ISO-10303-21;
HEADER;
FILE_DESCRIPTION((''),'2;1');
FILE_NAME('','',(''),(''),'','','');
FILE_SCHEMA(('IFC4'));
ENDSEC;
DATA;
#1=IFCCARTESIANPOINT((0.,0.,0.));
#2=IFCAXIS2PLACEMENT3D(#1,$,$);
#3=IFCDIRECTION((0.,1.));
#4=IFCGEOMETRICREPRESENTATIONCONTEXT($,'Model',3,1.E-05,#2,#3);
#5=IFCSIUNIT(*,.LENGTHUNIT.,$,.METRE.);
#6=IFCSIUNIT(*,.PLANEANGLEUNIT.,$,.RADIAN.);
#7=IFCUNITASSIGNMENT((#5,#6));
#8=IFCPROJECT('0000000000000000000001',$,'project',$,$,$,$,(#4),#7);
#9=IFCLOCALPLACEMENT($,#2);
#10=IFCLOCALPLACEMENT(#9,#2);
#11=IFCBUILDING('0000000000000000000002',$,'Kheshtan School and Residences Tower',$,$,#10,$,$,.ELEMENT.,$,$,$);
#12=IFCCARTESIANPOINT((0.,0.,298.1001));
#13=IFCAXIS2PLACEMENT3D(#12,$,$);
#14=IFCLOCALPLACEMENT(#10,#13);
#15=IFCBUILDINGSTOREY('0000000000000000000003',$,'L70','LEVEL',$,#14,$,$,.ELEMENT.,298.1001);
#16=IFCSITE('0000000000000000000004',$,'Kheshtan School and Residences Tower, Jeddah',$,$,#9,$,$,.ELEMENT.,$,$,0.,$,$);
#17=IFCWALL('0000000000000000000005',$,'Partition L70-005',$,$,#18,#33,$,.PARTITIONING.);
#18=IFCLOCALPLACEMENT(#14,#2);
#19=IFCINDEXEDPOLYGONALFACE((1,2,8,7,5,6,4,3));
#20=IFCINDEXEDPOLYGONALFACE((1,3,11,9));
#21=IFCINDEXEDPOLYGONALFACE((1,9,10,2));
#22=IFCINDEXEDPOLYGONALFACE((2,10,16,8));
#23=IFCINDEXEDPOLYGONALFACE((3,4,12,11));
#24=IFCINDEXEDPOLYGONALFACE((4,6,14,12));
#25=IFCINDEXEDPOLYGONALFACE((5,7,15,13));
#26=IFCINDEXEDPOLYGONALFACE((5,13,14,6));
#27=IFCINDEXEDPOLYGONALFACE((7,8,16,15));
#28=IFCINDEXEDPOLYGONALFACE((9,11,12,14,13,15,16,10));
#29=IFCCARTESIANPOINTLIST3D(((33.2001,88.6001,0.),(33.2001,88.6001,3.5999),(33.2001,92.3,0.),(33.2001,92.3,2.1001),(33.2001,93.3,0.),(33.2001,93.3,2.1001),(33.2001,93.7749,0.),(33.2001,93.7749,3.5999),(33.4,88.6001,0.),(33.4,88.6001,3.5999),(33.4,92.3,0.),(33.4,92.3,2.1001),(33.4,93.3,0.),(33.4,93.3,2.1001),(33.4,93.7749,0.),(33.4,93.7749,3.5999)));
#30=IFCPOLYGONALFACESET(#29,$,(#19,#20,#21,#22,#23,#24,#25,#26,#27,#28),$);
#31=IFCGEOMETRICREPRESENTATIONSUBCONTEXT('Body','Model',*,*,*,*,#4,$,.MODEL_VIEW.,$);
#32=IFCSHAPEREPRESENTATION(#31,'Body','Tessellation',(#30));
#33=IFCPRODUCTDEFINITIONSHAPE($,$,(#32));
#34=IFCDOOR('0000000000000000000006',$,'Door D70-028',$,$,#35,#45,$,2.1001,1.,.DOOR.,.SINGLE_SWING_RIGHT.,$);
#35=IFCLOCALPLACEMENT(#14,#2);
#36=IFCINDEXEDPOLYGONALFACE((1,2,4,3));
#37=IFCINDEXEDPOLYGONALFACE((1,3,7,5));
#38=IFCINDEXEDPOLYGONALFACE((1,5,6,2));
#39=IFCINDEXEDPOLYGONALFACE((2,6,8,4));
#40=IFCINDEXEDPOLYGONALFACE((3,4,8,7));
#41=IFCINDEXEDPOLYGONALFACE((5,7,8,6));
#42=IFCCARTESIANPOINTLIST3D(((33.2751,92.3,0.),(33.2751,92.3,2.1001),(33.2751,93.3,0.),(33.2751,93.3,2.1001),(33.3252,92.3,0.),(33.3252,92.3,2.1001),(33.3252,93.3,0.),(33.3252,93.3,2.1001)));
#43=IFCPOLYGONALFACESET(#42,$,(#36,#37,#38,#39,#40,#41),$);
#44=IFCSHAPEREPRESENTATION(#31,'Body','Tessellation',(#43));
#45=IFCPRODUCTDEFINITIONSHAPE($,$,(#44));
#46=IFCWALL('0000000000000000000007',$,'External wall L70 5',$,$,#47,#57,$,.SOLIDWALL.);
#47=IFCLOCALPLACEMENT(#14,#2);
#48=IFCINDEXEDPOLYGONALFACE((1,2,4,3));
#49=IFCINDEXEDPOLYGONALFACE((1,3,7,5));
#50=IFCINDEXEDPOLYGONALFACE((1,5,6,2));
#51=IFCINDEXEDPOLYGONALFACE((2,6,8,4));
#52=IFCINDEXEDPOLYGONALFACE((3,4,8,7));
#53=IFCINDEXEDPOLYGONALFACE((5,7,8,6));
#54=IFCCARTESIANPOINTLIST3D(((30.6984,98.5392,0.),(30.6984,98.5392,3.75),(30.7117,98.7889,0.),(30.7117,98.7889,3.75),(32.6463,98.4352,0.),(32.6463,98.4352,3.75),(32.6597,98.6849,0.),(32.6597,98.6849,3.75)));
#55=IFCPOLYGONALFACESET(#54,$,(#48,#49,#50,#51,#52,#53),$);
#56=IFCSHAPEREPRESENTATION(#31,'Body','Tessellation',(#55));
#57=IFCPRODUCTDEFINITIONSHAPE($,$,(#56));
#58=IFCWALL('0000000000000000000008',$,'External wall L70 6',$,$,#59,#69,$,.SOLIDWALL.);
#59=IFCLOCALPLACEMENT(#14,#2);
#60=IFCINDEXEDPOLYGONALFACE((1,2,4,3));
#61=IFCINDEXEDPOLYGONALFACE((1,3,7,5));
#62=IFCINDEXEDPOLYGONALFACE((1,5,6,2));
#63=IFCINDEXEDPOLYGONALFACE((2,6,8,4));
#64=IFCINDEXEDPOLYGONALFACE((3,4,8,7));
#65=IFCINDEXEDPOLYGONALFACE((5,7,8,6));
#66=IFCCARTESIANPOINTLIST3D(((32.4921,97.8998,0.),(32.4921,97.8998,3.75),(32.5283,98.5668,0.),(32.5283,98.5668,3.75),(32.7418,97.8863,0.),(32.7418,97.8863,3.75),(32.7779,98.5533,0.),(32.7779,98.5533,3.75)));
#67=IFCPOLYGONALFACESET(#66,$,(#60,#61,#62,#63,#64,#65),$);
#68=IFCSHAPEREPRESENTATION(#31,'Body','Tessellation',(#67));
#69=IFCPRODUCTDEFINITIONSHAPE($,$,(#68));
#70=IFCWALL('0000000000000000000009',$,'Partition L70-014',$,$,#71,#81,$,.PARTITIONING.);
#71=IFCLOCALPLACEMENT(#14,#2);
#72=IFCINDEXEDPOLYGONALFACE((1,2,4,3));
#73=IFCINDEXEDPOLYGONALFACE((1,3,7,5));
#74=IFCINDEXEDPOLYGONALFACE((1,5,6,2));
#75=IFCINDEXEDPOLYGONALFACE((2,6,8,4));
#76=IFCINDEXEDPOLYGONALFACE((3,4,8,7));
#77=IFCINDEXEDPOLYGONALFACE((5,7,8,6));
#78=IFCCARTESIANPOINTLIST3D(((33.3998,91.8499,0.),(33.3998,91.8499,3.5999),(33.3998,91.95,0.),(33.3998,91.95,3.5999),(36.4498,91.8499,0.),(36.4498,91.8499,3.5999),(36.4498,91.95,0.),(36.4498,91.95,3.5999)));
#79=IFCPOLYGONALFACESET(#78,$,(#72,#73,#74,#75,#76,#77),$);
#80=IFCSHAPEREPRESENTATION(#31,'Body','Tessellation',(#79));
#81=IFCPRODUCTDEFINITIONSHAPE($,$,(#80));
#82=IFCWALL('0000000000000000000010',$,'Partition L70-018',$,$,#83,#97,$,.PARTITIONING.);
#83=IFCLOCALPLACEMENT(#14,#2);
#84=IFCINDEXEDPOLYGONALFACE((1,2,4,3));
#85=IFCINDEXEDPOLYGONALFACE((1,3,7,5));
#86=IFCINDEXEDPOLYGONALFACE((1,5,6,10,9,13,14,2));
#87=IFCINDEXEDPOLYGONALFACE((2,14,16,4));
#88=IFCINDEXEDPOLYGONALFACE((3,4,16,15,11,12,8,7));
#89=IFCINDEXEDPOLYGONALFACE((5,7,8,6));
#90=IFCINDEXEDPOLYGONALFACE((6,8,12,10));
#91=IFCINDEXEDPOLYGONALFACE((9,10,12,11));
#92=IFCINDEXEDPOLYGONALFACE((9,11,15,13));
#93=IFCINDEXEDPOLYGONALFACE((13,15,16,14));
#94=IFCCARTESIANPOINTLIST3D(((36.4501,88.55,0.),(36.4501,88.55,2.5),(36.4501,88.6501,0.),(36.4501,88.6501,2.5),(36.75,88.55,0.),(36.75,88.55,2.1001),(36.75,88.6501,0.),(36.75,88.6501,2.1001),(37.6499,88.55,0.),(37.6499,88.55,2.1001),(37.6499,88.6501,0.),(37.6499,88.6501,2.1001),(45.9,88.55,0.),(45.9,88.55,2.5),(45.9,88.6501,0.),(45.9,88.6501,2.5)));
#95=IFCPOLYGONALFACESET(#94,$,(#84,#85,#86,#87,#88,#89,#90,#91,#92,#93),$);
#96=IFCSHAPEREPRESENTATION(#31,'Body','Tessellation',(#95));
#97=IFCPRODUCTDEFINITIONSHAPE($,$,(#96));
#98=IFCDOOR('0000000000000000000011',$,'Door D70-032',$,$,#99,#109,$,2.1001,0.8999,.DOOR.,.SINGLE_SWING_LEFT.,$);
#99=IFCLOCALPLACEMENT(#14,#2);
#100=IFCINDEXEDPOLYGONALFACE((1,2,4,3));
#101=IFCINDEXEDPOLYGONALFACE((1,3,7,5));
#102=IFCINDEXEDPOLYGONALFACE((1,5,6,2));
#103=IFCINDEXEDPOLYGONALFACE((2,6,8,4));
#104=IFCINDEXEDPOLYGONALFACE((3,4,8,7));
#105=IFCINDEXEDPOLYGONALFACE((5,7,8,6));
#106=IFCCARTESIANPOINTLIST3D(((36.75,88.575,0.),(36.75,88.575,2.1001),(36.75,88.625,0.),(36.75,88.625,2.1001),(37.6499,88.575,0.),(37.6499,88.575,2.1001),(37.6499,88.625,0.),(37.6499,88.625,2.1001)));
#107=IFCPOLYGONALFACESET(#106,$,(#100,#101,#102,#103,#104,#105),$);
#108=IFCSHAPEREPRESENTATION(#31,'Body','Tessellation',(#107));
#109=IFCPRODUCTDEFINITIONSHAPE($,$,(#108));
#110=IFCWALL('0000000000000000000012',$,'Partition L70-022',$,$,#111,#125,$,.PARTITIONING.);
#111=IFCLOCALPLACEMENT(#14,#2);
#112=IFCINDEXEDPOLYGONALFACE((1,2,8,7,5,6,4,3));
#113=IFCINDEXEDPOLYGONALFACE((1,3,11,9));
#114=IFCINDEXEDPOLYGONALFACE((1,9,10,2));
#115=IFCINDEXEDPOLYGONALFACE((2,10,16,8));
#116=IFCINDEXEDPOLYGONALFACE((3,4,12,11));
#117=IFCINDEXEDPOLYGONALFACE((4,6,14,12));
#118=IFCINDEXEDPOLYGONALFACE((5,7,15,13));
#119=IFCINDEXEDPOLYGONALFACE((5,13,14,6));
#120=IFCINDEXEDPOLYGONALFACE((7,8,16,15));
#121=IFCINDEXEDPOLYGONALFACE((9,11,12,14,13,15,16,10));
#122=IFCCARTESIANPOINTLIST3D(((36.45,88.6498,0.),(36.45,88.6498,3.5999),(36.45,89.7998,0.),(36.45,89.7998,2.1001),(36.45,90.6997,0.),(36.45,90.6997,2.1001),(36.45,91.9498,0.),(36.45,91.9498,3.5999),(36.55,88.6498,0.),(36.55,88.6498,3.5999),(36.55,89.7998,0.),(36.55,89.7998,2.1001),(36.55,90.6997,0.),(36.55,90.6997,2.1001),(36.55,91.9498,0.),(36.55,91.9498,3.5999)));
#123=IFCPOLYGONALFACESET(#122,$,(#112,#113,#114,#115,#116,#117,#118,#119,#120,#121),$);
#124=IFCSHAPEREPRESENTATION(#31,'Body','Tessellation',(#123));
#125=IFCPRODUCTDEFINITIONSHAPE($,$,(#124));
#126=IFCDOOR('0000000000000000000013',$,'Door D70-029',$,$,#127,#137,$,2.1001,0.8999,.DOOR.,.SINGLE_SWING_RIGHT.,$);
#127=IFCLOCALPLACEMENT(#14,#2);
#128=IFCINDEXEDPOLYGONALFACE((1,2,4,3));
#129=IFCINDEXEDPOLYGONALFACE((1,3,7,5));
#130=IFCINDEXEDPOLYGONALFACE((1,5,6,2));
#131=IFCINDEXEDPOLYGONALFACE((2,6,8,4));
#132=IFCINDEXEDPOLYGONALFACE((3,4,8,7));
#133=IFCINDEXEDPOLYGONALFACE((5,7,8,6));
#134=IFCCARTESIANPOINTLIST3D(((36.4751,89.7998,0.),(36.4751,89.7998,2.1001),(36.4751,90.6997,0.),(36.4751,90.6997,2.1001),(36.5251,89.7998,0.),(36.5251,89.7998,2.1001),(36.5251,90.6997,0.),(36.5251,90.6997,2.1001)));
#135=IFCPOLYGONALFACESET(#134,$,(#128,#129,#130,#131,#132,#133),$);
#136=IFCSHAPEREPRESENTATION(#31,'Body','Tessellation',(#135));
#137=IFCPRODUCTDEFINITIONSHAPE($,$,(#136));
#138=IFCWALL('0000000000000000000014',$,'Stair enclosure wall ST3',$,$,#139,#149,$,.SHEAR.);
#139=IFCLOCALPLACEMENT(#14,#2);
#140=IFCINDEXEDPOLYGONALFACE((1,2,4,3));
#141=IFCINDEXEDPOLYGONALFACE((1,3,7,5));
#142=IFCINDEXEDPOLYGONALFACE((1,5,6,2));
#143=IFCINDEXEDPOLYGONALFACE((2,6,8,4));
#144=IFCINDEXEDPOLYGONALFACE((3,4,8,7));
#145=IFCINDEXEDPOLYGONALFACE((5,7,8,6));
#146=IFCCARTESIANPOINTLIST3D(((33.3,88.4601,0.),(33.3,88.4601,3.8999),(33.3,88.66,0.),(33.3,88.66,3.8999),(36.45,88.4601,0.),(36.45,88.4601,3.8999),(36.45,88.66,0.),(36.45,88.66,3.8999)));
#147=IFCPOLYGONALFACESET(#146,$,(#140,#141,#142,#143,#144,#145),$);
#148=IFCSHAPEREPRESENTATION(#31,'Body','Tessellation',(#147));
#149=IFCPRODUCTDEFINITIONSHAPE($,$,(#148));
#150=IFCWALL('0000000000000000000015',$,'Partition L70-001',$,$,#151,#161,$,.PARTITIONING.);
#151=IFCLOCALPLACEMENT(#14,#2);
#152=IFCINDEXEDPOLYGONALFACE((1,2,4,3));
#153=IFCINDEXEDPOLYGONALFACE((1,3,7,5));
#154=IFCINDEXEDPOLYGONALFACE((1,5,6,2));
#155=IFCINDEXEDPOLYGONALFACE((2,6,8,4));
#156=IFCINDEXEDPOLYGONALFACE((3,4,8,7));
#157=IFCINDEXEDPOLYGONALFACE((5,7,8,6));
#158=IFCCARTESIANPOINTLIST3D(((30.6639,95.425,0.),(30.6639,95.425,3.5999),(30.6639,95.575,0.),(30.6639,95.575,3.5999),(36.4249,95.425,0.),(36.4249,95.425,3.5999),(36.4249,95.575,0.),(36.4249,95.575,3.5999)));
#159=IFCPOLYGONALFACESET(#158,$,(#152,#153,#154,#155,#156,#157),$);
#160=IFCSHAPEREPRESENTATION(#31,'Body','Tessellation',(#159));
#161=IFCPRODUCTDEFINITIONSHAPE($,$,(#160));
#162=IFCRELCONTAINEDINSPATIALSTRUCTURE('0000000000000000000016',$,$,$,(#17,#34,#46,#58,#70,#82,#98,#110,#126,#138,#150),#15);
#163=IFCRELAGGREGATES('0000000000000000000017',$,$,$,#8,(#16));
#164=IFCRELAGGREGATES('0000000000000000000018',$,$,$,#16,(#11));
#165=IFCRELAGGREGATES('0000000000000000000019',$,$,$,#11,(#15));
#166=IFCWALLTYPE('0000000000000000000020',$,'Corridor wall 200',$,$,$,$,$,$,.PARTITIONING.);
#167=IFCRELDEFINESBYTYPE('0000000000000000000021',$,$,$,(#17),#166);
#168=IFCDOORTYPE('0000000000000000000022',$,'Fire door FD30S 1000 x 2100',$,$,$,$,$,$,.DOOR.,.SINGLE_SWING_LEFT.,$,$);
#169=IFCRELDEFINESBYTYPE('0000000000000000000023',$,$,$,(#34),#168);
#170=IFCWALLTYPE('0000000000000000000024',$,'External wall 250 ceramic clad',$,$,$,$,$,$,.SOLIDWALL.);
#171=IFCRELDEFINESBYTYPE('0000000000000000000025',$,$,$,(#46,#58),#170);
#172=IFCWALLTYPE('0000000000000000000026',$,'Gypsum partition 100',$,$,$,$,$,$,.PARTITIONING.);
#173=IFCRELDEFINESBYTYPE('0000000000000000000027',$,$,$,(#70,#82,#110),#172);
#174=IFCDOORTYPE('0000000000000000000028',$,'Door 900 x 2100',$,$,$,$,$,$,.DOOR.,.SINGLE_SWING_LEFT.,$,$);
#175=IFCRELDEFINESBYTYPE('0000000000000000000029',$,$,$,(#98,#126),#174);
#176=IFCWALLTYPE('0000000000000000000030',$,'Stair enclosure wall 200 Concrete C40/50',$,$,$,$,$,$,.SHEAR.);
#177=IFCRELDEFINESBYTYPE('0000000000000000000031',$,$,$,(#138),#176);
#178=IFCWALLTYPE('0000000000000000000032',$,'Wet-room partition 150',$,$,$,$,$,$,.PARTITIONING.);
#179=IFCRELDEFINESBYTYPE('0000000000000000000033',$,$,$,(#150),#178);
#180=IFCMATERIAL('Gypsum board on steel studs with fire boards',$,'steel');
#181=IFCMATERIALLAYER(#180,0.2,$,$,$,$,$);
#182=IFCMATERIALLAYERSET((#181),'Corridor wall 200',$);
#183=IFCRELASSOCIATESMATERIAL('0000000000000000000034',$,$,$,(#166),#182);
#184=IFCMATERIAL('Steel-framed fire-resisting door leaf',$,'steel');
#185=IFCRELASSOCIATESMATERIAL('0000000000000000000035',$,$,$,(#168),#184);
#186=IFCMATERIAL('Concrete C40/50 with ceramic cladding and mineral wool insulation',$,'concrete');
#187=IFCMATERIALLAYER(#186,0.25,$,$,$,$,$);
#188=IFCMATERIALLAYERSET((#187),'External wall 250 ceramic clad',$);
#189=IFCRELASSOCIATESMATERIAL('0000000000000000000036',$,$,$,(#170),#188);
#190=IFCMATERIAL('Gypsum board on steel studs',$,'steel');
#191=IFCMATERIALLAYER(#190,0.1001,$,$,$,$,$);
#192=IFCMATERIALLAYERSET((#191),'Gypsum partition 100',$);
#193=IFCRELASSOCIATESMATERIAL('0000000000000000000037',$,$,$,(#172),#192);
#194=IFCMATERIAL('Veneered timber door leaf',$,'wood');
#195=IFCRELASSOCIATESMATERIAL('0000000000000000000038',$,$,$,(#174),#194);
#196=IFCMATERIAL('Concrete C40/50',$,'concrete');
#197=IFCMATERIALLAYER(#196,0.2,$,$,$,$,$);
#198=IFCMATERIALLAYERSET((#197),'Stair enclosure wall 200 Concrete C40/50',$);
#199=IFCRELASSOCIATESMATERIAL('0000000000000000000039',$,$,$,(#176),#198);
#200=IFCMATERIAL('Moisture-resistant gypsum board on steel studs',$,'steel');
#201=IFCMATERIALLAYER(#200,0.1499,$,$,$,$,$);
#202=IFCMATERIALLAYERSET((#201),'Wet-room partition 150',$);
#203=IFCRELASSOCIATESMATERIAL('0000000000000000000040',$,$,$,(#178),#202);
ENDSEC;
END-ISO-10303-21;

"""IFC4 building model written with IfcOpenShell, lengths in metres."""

from ifc_helpers import new_model, si_unit, direction, frame, frame_2d, origin, place, context, subcontext, project, spatial, rectangle, extrude, source, transform, mapped, material, layer, layer_set, type_object, element, fill, save


model = new_model("IFC4")

# Units and contexts
model_context = context("Model", 3, precision=1e-05, world=origin(), true_north=direction((0.0, 1.0)))
body_context = subcontext(model_context, "Body", "Model", "MODEL_VIEW")
ifc_project = project(units=[si_unit("LENGTHUNIT", "METRE"), si_unit("PLANEANGLEUNIT", "RADIAN")], contexts=[model_context])

# Site, building, storey
site_placement = place(None, origin())
site = spatial("IfcSite", under=ifc_project, at=site_placement, Name="Kheshtan School and Residences Tower, Jeddah", CompositionType="ELEMENT", RefElevation=0.0)
building_placement = place(site_placement, origin())
building = spatial("IfcBuilding", under=site, at=building_placement, Name="Kheshtan School and Residences Tower", CompositionType="ELEMENT")
storey_placement = place(building_placement, frame((0.0, 0.0, 298.1001)))
storey = spatial("IfcBuildingStorey", under=building, at=storey_placement, Name="L70", Description="LEVEL", CompositionType="ELEMENT", Elevation=298.1001)

# Shared definitions
ifc_material_1 = material(Name="Gypsum board on steel studs with fire boards", Category="steel")
ifc_layer_1 = layer(ifc_material_1, 0.2)
ifc_layer_set_1 = layer_set([ifc_layer_1], Name="Corridor wall 200")
wall_type_1 = type_object("IfcWallType", Name="Corridor wall 200", PredefinedType="PARTITIONING", material=ifc_layer_set_1)

# Wall, opening, door
wall_1_placement = place(storey_placement, frame((33.3, 88.6001, 0.0), z_axis=(0.0, 0.0, 1.0), x_axis=(0.0, 1.0, 0.0)))
wall_1 = element("IfcWall", 1, at=wall_1_placement, inside=storey, type_object=wall_type_1, Name="Partition L70-005", PredefinedType="PARTITIONING", context=body_context, shape_type="SweptSolid", body=[
    extrude(rectangle(XDim=5.1748, YDim=0.2, at=frame_2d((2.5874, 0.0))), origin(), (0.0, 0.0, 1.0), 3.5999),
])
opening_1_placement = place(wall_1_placement, frame((3.7, 0.0, 0.0)))
opening_1 = element("IfcOpeningElement", 2, at=opening_1_placement, cuts=wall_1, PredefinedType="OPENING", context=body_context, shape_type="SweptSolid", body=[
    extrude(rectangle(XDim=1.0, YDim=2.1001, at=frame_2d((0.5, 1.05))), frame((0.0, 0.1099, 0.0), z_axis=(0.0, -1.0, 0.0), x_axis=(1.0, 0.0, 0.0)), (0.0, 0.0, 1.0), 0.22),
])
ifc_material_2 = material(Name="Steel-framed fire-resisting door leaf", Category="steel")
door_type_1 = type_object("IfcDoorType", Name="Fire door FD30S 1000 x 2100", OperationType="SINGLE_SWING_LEFT", PredefinedType="DOOR", material=ifc_material_2)
shared_shape_1 = source(origin(), body_context, "Body", "SweptSolid", [
    extrude(rectangle(XDim=1.0, YDim=2.1001, at=frame_2d((0.5, 1.05))), frame((0.0, 0.0249, 0.0), z_axis=(0.0, -1.0, 0.0), x_axis=(1.0, 0.0, 0.0)), (0.0, 0.0, 1.0), 0.05),
])
door_1_placement = place(opening_1_placement, origin())
door_1 = element("IfcDoor", 3, at=door_1_placement, inside=storey, type_object=door_type_1, Name="Door D70-028", OperationType="SINGLE_SWING_RIGHT", OverallHeight=2.1001, OverallWidth=1.0, PredefinedType="DOOR", context=body_context, shape_type="MappedRepresentation", body=[
    mapped(shared_shape_1, transform((0.0, 0.0, 0.0), x_axis=(1.0, 0.0, 0.0), y_axis=(0.0, 1.0, 0.0), z_axis=(0.0, 0.0, 1.0), scale=1.0)),
])
fill(opening_1, door_1)

# Walls
ifc_material_3 = material(Name="Concrete C40/50 with ceramic cladding and mineral wool insulation", Category="concrete")
ifc_layer_2 = layer(ifc_material_3, 0.25)
ifc_layer_set_2 = layer_set([ifc_layer_2], Name="External wall 250 ceramic clad")
wall_type_2 = type_object("IfcWallType", Name="External wall 250 ceramic clad", PredefinedType="SOLIDWALL", material=ifc_layer_set_2)
wall_2_placement = place(storey_placement, frame((30.7051, 98.6641, 0.0), z_axis=(0.0, 0.0, 1.0), x_axis=(0.998578, -0.053314, 0.0)))
element("IfcWall", 4, at=wall_2_placement, inside=storey, type_object=wall_type_2, Name="External wall L70 5", PredefinedType="SOLIDWALL", context=body_context, shape_type="SweptSolid", body=[
    extrude(rectangle(XDim=1.9507, YDim=0.25, at=frame_2d((0.9753, 0.0))), origin(), (0.0, 0.0, 1.0), 3.75),
])
wall_3_placement = place(storey_placement, frame((32.6531, 98.5601, 0.0), z_axis=(0.0, 0.0, 1.0), x_axis=(-0.054093, -0.998536, 0.0)))
element("IfcWall", 5, at=wall_3_placement, inside=storey, type_object=wall_type_2, Name="External wall L70 6", PredefinedType="SOLIDWALL", context=body_context, shape_type="SweptSolid", body=[
    extrude(rectangle(XDim=0.668, YDim=0.25, at=frame_2d((0.334, 0.0))), origin(), (0.0, 0.0, 1.0), 3.75),
])
ifc_material_4 = material(Name="Gypsum board on steel studs", Category="steel")
ifc_layer_3 = layer(ifc_material_4, 0.1001)
ifc_layer_set_3 = layer_set([ifc_layer_3], Name="Gypsum partition 100")
wall_type_3 = type_object("IfcWallType", Name="Gypsum partition 100", PredefinedType="PARTITIONING", material=ifc_layer_set_3)
wall_4_placement = place(storey_placement, frame((33.3999, 91.8999, 0.0), z_axis=(0.0, 0.0, 1.0), x_axis=(1.0, 0.0, 0.0)))
element("IfcWall", 6, at=wall_4_placement, inside=storey, type_object=wall_type_3, Name="Partition L70-014", PredefinedType="PARTITIONING", context=body_context, shape_type="SweptSolid", body=[
    extrude(rectangle(XDim=3.05, YDim=0.1001, at=frame_2d((1.5249, 0.0))), origin(), (0.0, 0.0, 1.0), 3.5999),
])

# Walls, openings, doors
wall_5_placement = place(storey_placement, frame((36.45, 88.6001, 0.0), z_axis=(0.0, 0.0, 1.0), x_axis=(1.0, 0.0, 0.0)))
wall_5 = element("IfcWall", 7, at=wall_5_placement, inside=storey, type_object=wall_type_3, Name="Partition L70-018", PredefinedType="PARTITIONING", context=body_context, shape_type="SweptSolid", body=[
    extrude(rectangle(XDim=9.45, YDim=0.1001, at=frame_2d((4.7251, 0.0))), origin(), (0.0, 0.0, 1.0), 2.5),
])
opening_2_placement = place(wall_5_placement, frame((0.3, 0.0, 0.0)))
opening_2 = element("IfcOpeningElement", 8, at=opening_2_placement, cuts=wall_5, PredefinedType="OPENING", context=body_context, shape_type="SweptSolid", body=[
    extrude(rectangle(XDim=0.8999, YDim=2.1001, at=frame_2d((0.45, 1.05))), frame((0.0, 0.0601, 0.0), z_axis=(0.0, -1.0, 0.0), x_axis=(1.0, 0.0, 0.0)), (0.0, 0.0, 1.0), 0.1201),
])
ifc_material_5 = material(Name="Veneered timber door leaf", Category="wood")
door_type_2 = type_object("IfcDoorType", Name="Door 900 x 2100", OperationType="SINGLE_SWING_LEFT", PredefinedType="DOOR", material=ifc_material_5)
shared_shape_2 = source(origin(), body_context, "Body", "SweptSolid", [
    extrude(rectangle(XDim=0.8999, YDim=2.1001, at=frame_2d((0.45, 1.05))), frame((0.0, 0.0249, 0.0), z_axis=(0.0, -1.0, 0.0), x_axis=(1.0, 0.0, 0.0)), (0.0, 0.0, 1.0), 0.05),
])
door_2_placement = place(opening_2_placement, origin())
door_2 = element("IfcDoor", 9, at=door_2_placement, inside=storey, type_object=door_type_2, Name="Door D70-032", OperationType="SINGLE_SWING_LEFT", OverallHeight=2.1001, OverallWidth=0.8999, PredefinedType="DOOR", context=body_context, shape_type="MappedRepresentation", body=[
    mapped(shared_shape_2, transform((0.0, 0.0, 0.0), x_axis=(1.0, 0.0, 0.0), y_axis=(0.0, 1.0, 0.0), z_axis=(0.0, 0.0, 1.0), scale=1.0)),
])
fill(opening_2, door_2)
wall_6_placement = place(storey_placement, frame((36.5, 88.6499, 0.0), z_axis=(0.0, 0.0, 1.0), x_axis=(0.0, 1.0, 0.0)))
wall_6 = element("IfcWall", 10, at=wall_6_placement, inside=storey, type_object=wall_type_3, Name="Partition L70-022", PredefinedType="PARTITIONING", context=body_context, shape_type="SweptSolid", body=[
    extrude(rectangle(XDim=3.3, YDim=0.1001, at=frame_2d((1.6499, 0.0))), origin(), (0.0, 0.0, 1.0), 3.5999),
])
opening_3_placement = place(wall_6_placement, frame((1.1499, 0.0, 0.0)))
opening_3 = element("IfcOpeningElement", 11, at=opening_3_placement, cuts=wall_6, PredefinedType="OPENING", context=body_context, shape_type="SweptSolid", body=[
    extrude(rectangle(XDim=0.8999, YDim=2.1001, at=frame_2d((0.45, 1.05))), frame((0.0, 0.0601, 0.0), z_axis=(0.0, -1.0, 0.0), x_axis=(1.0, 0.0, 0.0)), (0.0, 0.0, 1.0), 0.1201),
])
door_3_placement = place(opening_3_placement, origin())
door_3 = element("IfcDoor", 12, at=door_3_placement, inside=storey, type_object=door_type_2, Name="Door D70-029", OperationType="SINGLE_SWING_RIGHT", OverallHeight=2.1001, OverallWidth=0.8999, PredefinedType="DOOR", context=body_context, shape_type="MappedRepresentation", body=[
    mapped(shared_shape_2, transform((0.0, 0.0, 0.0), x_axis=(1.0, 0.0, 0.0), y_axis=(0.0, 1.0, 0.0), z_axis=(0.0, 0.0, 1.0), scale=1.0)),
])
fill(opening_3, door_3)

# Walls
ifc_material_6 = material(Name="Concrete C40/50", Category="concrete")
ifc_layer_4 = layer(ifc_material_6, 0.2)
ifc_layer_set_4 = layer_set([ifc_layer_4], Name="Stair enclosure wall 200 Concrete C40/50")
wall_type_4 = type_object("IfcWallType", Name="Stair enclosure wall 200 Concrete C40/50", PredefinedType="SHEAR", material=ifc_layer_set_4)
wall_7_placement = place(storey_placement, frame((33.3, 88.5601, 0.0), z_axis=(0.0, 0.0, 1.0), x_axis=(1.0, 0.0, 0.0)))
element("IfcWall", 13, at=wall_7_placement, inside=storey, type_object=wall_type_4, Name="Stair enclosure wall ST3", PredefinedType="SHEAR", context=body_context, shape_type="SweptSolid", body=[
    extrude(rectangle(XDim=3.1499, YDim=0.2, at=frame_2d((1.575, 0.0))), origin(), (0.0, 0.0, 1.0), 3.8999),
])
ifc_material_7 = material(Name="Moisture-resistant gypsum board on steel studs", Category="steel")
ifc_layer_5 = layer(ifc_material_7, 0.1499)
ifc_layer_set_5 = layer_set([ifc_layer_5], Name="Wet-room partition 150")
wall_type_5 = type_object("IfcWallType", Name="Wet-room partition 150", PredefinedType="PARTITIONING", material=ifc_layer_set_5)
wall_8_placement = place(storey_placement, frame((30.6641, 95.5, 0.0), z_axis=(0.0, 0.0, 1.0), x_axis=(1.0, 0.0, 0.0)))
element("IfcWall", 14, at=wall_8_placement, inside=storey, type_object=wall_type_5, Name="Partition L70-001", PredefinedType="PARTITIONING", context=body_context, shape_type="SweptSolid", body=[
    extrude(rectangle(XDim=5.761, YDim=0.1499, at=frame_2d((2.8804, 0.0))), origin(), (0.0, 0.0, 1.0), 3.5999),
])

save(model, "model.ifc")
